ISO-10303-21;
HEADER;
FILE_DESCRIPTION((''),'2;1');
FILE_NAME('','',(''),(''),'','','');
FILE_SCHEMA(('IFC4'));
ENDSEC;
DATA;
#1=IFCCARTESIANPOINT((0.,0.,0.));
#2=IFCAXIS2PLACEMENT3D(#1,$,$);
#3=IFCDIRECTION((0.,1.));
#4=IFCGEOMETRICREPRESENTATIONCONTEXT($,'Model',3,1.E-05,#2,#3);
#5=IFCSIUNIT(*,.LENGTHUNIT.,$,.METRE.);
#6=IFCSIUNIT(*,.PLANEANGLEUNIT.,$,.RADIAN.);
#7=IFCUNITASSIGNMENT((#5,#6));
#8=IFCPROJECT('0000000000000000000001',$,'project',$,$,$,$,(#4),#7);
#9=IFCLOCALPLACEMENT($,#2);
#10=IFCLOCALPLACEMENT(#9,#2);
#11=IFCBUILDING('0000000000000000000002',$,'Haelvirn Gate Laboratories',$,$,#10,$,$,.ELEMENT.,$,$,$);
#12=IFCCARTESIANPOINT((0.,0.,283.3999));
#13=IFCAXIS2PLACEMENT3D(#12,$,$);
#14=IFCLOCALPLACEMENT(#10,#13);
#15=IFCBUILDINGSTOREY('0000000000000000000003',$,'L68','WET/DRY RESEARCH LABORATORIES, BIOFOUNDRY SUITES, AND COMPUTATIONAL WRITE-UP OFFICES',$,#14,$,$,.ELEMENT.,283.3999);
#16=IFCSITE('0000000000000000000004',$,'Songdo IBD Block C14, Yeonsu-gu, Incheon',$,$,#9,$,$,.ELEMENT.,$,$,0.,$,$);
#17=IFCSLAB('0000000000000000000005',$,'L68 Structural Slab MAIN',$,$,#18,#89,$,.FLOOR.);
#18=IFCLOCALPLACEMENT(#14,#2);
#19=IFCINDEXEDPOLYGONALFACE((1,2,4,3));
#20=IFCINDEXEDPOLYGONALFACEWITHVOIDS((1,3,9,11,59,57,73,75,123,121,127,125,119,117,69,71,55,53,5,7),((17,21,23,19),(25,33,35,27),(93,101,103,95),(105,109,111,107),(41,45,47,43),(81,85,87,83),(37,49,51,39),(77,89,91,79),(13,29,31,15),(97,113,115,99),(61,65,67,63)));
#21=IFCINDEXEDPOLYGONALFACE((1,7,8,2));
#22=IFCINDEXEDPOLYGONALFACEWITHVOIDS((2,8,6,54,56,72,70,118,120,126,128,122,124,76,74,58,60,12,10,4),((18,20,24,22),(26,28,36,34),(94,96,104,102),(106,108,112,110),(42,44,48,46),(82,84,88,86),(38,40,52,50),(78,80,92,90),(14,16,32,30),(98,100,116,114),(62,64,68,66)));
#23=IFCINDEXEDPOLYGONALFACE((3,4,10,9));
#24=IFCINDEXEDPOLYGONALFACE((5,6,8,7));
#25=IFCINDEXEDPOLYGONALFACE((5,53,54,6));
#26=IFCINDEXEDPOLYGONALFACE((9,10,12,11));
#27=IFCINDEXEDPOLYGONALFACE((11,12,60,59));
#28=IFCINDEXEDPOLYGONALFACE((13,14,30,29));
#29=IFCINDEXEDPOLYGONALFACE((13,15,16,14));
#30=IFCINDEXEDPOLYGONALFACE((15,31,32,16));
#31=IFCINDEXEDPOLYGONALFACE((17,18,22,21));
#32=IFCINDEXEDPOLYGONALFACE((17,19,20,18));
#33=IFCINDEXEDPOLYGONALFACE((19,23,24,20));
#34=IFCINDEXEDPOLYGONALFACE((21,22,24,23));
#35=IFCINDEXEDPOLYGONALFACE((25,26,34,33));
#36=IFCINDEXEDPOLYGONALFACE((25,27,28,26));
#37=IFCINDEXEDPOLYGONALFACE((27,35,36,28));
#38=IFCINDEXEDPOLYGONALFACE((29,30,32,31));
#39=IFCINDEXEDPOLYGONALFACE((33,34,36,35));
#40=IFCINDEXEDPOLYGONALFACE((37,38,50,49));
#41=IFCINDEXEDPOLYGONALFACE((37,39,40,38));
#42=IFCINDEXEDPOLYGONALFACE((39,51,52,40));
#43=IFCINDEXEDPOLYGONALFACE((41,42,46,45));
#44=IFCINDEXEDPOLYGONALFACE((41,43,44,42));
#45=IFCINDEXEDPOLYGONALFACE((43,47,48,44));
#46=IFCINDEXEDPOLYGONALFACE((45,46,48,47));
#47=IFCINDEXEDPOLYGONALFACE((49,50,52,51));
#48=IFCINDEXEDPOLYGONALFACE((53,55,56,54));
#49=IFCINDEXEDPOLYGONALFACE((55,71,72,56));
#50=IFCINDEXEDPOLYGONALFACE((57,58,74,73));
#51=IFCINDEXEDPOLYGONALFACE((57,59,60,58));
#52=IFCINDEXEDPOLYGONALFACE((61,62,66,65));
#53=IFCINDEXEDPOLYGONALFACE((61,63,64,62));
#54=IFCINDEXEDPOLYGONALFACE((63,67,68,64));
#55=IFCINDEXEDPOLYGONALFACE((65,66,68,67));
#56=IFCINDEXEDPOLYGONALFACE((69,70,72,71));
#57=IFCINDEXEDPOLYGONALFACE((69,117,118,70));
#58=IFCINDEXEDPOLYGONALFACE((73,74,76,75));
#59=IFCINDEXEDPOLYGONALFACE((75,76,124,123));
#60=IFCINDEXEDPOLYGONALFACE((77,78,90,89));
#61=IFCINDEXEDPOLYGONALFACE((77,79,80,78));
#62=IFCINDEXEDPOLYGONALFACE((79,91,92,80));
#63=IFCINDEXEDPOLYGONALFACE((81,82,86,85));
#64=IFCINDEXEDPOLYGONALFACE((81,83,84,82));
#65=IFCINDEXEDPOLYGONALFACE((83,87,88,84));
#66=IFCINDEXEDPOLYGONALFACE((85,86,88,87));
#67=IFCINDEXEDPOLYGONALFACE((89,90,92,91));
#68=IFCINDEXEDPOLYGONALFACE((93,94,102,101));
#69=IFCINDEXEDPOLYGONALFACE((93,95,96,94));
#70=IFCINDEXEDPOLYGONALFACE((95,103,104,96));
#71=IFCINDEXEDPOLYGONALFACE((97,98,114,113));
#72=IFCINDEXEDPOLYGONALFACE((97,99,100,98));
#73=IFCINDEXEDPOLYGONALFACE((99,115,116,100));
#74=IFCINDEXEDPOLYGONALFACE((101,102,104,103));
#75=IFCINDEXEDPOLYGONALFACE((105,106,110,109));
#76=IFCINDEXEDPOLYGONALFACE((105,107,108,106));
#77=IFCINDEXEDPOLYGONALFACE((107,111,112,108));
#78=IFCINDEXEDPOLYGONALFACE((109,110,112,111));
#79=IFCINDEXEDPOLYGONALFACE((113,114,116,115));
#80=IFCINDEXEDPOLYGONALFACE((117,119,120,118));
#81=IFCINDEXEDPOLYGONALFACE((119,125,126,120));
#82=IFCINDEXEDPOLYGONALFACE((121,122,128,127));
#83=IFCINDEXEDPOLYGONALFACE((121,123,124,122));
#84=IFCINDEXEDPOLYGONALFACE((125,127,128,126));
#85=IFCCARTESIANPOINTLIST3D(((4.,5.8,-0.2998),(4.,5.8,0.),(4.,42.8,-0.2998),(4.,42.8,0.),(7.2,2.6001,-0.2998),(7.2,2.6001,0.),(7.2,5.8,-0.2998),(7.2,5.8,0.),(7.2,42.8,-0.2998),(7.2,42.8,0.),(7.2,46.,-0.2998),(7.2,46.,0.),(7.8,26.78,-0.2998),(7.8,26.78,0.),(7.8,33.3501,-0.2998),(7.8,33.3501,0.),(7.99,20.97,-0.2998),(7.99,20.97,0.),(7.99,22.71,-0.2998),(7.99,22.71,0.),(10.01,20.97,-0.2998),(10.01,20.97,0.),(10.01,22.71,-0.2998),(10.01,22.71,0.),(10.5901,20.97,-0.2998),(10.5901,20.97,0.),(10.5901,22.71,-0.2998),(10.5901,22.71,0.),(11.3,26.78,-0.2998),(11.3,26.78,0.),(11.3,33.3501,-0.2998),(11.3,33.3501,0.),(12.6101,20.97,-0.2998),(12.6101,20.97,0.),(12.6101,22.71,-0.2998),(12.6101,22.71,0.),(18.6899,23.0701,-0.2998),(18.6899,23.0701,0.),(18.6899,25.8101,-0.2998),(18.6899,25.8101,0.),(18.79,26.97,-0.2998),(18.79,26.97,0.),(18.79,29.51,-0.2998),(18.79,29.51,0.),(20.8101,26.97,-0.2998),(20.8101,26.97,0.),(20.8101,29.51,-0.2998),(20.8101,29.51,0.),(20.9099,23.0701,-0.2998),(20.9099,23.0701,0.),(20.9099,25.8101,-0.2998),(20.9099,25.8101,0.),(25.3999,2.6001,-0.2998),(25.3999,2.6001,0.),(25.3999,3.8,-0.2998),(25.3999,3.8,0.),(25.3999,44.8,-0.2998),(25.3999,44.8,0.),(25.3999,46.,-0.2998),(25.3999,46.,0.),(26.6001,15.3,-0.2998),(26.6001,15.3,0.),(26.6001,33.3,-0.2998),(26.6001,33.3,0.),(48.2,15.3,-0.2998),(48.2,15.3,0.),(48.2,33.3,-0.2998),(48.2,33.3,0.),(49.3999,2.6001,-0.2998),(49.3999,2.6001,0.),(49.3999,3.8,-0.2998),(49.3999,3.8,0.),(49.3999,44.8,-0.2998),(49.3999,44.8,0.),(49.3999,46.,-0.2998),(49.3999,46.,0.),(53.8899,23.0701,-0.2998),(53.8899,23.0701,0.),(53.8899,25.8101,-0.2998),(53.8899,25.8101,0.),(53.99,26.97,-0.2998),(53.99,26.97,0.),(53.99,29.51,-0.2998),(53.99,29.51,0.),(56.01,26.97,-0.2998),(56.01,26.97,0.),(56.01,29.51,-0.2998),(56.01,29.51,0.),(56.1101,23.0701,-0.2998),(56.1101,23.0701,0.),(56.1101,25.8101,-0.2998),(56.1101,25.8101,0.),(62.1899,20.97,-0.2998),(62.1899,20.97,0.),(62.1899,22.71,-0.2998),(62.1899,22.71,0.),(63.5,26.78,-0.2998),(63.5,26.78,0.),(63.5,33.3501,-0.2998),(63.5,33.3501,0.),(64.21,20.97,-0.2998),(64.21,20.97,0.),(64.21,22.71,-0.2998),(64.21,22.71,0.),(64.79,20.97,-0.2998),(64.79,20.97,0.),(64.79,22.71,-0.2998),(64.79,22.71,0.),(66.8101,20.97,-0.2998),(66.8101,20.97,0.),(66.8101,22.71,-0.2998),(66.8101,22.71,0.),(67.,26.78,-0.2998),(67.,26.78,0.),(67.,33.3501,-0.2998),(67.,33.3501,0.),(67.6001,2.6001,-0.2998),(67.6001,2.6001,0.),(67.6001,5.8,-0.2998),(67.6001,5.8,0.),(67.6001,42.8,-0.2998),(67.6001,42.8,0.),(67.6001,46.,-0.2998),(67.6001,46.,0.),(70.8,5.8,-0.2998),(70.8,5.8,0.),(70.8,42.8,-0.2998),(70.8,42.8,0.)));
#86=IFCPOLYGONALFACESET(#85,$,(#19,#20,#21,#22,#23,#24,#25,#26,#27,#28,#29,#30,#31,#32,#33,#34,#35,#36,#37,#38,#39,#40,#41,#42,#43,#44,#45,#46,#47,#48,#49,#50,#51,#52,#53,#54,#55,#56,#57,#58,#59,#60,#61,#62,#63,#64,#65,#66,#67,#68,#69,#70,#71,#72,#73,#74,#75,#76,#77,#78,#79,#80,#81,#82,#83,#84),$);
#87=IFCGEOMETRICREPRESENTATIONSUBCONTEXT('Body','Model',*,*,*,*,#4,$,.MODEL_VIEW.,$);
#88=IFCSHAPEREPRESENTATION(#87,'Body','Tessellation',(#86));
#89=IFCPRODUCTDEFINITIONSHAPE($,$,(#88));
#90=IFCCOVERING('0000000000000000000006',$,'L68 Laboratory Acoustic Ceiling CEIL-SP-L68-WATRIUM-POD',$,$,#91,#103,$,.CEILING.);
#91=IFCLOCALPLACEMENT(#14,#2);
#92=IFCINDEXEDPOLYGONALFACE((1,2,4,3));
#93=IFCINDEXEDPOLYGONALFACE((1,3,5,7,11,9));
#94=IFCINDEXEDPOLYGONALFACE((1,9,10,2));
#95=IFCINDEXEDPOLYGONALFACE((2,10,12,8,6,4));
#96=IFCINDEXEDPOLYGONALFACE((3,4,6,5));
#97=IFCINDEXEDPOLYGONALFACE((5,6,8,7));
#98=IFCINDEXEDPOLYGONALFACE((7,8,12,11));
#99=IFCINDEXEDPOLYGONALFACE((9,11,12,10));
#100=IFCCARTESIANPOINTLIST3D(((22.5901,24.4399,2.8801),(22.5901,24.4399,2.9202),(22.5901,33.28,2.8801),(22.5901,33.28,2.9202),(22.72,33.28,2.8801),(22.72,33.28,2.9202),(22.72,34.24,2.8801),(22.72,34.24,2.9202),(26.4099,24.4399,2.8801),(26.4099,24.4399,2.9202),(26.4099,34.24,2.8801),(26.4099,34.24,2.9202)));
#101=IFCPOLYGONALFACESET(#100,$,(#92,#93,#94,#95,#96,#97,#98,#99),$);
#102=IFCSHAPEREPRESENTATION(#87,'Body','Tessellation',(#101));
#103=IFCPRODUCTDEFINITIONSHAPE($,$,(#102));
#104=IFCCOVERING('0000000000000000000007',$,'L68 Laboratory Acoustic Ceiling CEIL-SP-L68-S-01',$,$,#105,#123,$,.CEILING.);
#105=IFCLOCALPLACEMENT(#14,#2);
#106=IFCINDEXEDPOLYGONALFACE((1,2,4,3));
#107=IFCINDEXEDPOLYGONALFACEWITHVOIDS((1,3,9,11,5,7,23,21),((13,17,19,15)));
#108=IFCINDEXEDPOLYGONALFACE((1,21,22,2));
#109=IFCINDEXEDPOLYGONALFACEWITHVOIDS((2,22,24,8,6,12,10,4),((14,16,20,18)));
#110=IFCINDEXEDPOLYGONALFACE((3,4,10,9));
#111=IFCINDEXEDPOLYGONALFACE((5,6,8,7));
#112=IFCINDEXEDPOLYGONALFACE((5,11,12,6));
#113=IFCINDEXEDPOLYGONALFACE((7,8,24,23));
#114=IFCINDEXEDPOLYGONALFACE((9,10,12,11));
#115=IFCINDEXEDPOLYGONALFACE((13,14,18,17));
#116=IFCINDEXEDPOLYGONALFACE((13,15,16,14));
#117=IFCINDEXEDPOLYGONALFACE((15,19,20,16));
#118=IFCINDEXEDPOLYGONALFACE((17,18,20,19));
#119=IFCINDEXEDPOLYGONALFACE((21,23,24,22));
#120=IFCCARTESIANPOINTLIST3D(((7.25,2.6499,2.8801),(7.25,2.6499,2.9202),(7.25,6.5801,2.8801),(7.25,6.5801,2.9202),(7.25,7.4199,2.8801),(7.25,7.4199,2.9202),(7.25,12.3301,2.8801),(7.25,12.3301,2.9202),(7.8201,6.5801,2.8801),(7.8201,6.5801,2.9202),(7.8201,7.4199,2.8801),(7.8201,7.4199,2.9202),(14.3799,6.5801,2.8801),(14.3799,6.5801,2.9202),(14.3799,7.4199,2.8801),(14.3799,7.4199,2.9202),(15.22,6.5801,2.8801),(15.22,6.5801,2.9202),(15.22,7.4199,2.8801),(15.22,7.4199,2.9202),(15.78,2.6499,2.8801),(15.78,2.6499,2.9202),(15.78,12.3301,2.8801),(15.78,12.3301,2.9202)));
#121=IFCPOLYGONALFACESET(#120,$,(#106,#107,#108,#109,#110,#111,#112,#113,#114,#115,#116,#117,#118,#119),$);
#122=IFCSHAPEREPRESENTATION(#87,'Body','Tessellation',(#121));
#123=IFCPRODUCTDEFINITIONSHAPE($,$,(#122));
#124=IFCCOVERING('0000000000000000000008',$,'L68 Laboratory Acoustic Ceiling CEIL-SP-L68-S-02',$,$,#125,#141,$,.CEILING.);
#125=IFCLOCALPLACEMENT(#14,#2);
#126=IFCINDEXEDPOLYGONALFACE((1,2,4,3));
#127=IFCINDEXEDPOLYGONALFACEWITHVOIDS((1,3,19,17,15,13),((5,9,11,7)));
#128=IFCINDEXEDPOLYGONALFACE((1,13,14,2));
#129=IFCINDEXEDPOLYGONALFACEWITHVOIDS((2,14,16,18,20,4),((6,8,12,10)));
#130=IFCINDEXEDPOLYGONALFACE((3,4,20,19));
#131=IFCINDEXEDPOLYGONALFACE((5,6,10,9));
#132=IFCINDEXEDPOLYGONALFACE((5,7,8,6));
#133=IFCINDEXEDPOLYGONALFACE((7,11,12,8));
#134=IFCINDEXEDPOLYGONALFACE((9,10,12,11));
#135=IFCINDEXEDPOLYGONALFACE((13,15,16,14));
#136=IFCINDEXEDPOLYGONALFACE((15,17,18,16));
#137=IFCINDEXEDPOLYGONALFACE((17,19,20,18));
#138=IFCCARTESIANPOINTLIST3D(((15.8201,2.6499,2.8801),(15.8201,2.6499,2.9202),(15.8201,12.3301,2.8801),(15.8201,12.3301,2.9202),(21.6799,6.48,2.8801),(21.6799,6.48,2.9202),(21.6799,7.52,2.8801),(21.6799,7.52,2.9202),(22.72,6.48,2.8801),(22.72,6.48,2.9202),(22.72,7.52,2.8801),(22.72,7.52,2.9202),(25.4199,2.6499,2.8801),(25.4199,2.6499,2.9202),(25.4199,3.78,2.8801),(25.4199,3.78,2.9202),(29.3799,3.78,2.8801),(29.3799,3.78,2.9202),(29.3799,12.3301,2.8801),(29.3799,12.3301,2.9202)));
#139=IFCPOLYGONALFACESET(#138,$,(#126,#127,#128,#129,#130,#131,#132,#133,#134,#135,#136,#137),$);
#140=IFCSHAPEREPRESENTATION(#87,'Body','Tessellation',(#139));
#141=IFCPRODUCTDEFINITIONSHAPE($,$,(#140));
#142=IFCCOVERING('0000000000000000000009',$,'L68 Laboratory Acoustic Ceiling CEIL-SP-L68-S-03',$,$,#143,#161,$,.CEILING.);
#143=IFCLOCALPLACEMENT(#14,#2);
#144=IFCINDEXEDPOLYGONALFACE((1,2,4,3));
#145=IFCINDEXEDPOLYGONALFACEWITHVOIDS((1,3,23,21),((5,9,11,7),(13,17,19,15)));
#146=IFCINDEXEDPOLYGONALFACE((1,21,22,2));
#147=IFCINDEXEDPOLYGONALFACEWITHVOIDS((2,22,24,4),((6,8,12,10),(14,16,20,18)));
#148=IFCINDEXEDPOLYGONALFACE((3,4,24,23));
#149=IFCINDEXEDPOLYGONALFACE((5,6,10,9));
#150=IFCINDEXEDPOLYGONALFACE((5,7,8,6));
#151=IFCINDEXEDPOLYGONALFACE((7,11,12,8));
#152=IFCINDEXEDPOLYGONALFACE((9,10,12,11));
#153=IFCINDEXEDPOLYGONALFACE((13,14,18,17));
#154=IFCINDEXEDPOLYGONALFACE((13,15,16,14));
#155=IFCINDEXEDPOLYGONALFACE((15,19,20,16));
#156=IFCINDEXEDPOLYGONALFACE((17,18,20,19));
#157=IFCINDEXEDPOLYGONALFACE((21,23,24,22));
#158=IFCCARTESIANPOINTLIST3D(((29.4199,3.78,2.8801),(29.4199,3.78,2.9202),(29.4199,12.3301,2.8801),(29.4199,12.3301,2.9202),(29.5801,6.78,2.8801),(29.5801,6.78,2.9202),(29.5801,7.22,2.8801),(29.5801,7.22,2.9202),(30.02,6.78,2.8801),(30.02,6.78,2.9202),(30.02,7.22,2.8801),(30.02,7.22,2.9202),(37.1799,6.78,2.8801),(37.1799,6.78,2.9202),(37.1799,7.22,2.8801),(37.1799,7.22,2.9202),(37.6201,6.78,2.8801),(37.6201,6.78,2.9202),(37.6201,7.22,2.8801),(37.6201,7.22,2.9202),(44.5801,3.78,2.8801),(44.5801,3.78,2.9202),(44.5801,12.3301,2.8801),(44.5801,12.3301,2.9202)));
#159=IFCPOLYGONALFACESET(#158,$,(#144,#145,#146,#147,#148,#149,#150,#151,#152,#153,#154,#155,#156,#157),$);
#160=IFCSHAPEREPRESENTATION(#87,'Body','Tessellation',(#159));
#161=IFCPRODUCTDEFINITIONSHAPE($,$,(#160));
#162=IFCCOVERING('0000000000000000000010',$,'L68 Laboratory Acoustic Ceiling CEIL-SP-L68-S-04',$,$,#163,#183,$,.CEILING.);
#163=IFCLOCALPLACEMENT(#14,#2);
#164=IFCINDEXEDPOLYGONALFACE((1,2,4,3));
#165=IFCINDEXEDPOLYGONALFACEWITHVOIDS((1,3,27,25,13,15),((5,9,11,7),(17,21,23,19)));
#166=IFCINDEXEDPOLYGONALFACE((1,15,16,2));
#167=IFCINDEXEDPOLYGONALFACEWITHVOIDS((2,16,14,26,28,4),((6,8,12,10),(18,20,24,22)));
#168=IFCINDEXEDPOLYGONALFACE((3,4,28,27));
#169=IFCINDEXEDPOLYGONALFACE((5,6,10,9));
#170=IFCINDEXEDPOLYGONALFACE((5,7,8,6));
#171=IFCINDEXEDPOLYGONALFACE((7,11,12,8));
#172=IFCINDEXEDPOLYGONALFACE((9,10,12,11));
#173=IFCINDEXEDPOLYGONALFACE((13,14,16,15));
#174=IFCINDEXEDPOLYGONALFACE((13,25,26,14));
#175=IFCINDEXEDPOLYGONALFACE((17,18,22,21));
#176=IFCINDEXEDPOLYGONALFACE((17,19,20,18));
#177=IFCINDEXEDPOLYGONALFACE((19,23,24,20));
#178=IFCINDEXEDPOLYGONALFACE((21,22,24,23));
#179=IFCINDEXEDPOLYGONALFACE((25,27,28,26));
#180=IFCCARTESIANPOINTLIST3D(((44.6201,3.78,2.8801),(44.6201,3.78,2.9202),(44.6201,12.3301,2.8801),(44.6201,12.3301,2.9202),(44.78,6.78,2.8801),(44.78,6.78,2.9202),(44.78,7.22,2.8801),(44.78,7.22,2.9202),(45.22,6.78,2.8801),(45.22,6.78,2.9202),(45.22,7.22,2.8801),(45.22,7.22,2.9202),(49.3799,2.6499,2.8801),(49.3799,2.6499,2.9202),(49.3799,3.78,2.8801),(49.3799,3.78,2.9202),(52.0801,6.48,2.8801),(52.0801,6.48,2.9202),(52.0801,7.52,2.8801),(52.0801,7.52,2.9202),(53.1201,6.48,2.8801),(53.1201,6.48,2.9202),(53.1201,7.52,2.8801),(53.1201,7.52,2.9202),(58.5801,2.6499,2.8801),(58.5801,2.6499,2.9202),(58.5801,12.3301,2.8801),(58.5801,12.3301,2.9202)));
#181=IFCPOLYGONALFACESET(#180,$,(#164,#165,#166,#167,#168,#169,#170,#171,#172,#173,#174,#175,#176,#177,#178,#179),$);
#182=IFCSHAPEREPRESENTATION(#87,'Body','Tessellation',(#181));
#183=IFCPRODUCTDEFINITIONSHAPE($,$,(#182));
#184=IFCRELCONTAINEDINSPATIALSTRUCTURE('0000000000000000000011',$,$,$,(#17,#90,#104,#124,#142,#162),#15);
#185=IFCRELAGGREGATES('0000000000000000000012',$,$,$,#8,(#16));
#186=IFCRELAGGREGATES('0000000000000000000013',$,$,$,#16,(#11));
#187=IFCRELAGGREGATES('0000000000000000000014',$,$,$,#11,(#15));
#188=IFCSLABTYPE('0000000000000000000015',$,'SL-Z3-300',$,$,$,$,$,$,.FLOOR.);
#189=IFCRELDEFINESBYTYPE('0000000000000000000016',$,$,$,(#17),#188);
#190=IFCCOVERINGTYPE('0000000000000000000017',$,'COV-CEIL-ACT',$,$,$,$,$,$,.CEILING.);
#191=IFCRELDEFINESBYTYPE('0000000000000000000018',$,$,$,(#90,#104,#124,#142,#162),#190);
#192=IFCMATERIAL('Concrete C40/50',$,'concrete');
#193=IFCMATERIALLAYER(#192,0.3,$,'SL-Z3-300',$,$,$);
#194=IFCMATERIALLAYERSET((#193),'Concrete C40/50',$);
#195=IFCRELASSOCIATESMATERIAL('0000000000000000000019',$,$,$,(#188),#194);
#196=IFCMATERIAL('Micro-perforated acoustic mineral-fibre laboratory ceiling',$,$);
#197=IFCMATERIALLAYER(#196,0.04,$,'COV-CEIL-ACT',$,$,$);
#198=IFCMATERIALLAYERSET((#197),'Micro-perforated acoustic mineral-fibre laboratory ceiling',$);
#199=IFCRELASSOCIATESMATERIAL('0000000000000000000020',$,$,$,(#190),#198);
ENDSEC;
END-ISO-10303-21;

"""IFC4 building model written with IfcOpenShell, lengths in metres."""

from ifc_helpers import new_model, si_unit, direction, frame, origin, place, context, subcontext, project, spatial, polyline, outline, extrude, material, layer, layer_set, type_object, element, save


model = new_model("IFC4")

# Units and contexts
model_context = context("Model", 3, precision=1e-05, world=origin(), true_north=direction((0.0, 1.0)))
body_context = subcontext(model_context, "Body", "Model", "MODEL_VIEW")
ifc_project = project(units=[si_unit("LENGTHUNIT", "METRE"), si_unit("PLANEANGLEUNIT", "RADIAN")], contexts=[model_context])

# Site, building, storey
site_placement = place(None, origin())
site = spatial("IfcSite", under=ifc_project, at=site_placement, Name="Songdo IBD Block C14, Yeonsu-gu, Incheon", CompositionType="ELEMENT", RefElevation=0.0)
building_placement = place(site_placement, origin())
building = spatial("IfcBuilding", under=site, at=building_placement, Name="Haelvirn Gate Laboratories", CompositionType="ELEMENT")
storey_placement = place(building_placement, frame((0.0, 0.0, 283.3999)))
storey = spatial("IfcBuildingStorey", under=building, at=storey_placement, Name="L68", Description="WET/DRY RESEARCH LABORATORIES, BIOFOUNDRY SUITES, AND COMPUTATIONAL WRITE-UP OFFICES", CompositionType="ELEMENT", Elevation=283.3999)

# Slab
ifc_material_1 = material(Name="Concrete C40/50", Category="concrete")
ifc_layer_1 = layer(ifc_material_1, 0.3, Name="SL-Z3-300")
ifc_layer_set_1 = layer_set([ifc_layer_1], Name="Concrete C40/50")
slab_type_1 = type_object("IfcSlabType", Name="SL-Z3-300", PredefinedType="FLOOR", material=ifc_layer_set_1)
slab_1_placement = place(storey_placement, frame((0.0, 0.0, -0.2998)))
element("IfcSlab", 1, at=slab_1_placement, inside=storey, type_object=slab_type_1, Name="L68 Structural Slab MAIN", PredefinedType="FLOOR", context=body_context, shape_type="SweptSolid", body=[
    extrude(outline(polyline([(7.2, 2.6001), (25.3999, 2.6001), (25.3999, 3.8), (49.3999, 3.8), (49.3999, 2.6001), (67.6001, 2.6001), (67.6001, 5.8), (70.8, 5.8), (70.8, 42.8), (67.6001, 42.8), (67.6001, 46.0), (49.3999, 46.0), (49.3999, 44.8), (25.3999, 44.8), (25.3999, 46.0), (7.2, 46.0), (7.2, 42.8), (4.0, 42.8), (4.0, 5.8), (7.2, 5.8), (7.2, 2.6001)]), holes=[polyline([(26.6001, 15.3), (48.2, 15.3), (48.2, 33.3), (26.6001, 33.3), (26.6001, 15.3)]), polyline([(11.3, 26.78), (11.3, 33.3501), (7.8, 33.3501), (7.8, 26.78), (11.3, 26.78)]), polyline([(67.0, 26.78), (67.0, 33.3501), (63.5, 33.3501), (63.5, 26.78), (67.0, 26.78)]), polyline([(7.99, 20.97), (10.01, 20.97), (10.01, 22.71), (7.99, 22.71), (7.99, 20.97)]), polyline([(10.5901, 20.97), (12.6101, 20.97), (12.6101, 22.71), (10.5901, 22.71), (10.5901, 20.97)]), polyline([(18.79, 26.97), (20.8101, 26.97), (20.8101, 29.51), (18.79, 29.51), (18.79, 26.97)]), polyline([(18.6899, 23.0701), (20.9099, 23.0701), (20.9099, 25.8101), (18.6899, 25.8101), (18.6899, 23.0701)]), polyline([(64.79, 20.97), (66.8101, 20.97), (66.8101, 22.71), (64.79, 22.71), (64.79, 20.97)]), polyline([(62.1899, 20.97), (64.21, 20.97), (64.21, 22.71), (62.1899, 22.71), (62.1899, 20.97)]), polyline([(53.99, 26.97), (56.01, 26.97), (56.01, 29.51), (53.99, 29.51), (53.99, 26.97)]), polyline([(53.8899, 23.0701), (56.1101, 23.0701), (56.1101, 25.8101), (53.8899, 25.8101), (53.8899, 23.0701)])]), origin(), (0.0, 0.0, 1.0), 0.2998),
])

# Coverings
ifc_material_2 = material(Name="Micro-perforated acoustic mineral-fibre laboratory ceiling")
ifc_layer_2 = layer(ifc_material_2, 0.04, Name="COV-CEIL-ACT")
ifc_layer_set_2 = layer_set([ifc_layer_2], Name="Micro-perforated acoustic mineral-fibre laboratory ceiling")
covering_type_1 = type_object("IfcCoveringType", Name="COV-CEIL-ACT", PredefinedType="CEILING", material=ifc_layer_set_2)
covering_1_placement = place(storey_placement, frame((0.0, 0.0, 2.8801)))
element("IfcCovering", 2, at=covering_1_placement, inside=storey, type_object=covering_type_1, Name="L68 Laboratory Acoustic Ceiling CEIL-SP-L68-WATRIUM-POD", PredefinedType="CEILING", context=body_context, shape_type="SweptSolid", body=[
    extrude(outline(polyline([(26.4099, 34.24), (26.4099, 24.4399), (22.5901, 24.4399), (22.5901, 33.28), (22.72, 33.28), (22.72, 34.24), (26.4099, 34.24)])), origin(), (0.0, 0.0, 1.0), 0.04),
])
covering_2_placement = place(storey_placement, frame((0.0, 0.0, 2.8801)))
element("IfcCovering", 3, at=covering_2_placement, inside=storey, type_object=covering_type_1, Name="L68 Laboratory Acoustic Ceiling CEIL-SP-L68-S-01", PredefinedType="CEILING", context=body_context, shape_type="SweptSolid", body=[
    extrude(outline(polyline([(7.25, 6.5801), (7.8201, 6.5801), (7.8201, 7.4199), (7.25, 7.4199), (7.25, 12.3301), (15.78, 12.3301), (15.78, 2.6499), (7.25, 2.6499), (7.25, 6.5801)]), holes=[polyline([(14.3799, 7.4199), (14.3799, 6.5801), (15.22, 6.5801), (15.22, 7.4199), (14.3799, 7.4199)])]), origin(), (0.0, 0.0, 1.0), 0.04),
])
covering_3_placement = place(storey_placement, frame((0.0, 0.0, 2.8801)))
element("IfcCovering", 4, at=covering_3_placement, inside=storey, type_object=covering_type_1, Name="L68 Laboratory Acoustic Ceiling CEIL-SP-L68-S-02", PredefinedType="CEILING", context=body_context, shape_type="SweptSolid", body=[
    extrude(outline(polyline([(25.4199, 2.6499), (15.8201, 2.6499), (15.8201, 12.3301), (29.3799, 12.3301), (29.3799, 3.78), (25.4199, 3.78), (25.4199, 2.6499)]), holes=[polyline([(22.72, 7.52), (21.6799, 7.52), (21.6799, 6.48), (22.72, 6.48), (22.72, 7.52)])]), origin(), (0.0, 0.0, 1.0), 0.04),
])
covering_4_placement = place(storey_placement, frame((0.0, 0.0, 2.8801)))
element("IfcCovering", 5, at=covering_4_placement, inside=storey, type_object=covering_type_1, Name="L68 Laboratory Acoustic Ceiling CEIL-SP-L68-S-03", PredefinedType="CEILING", context=body_context, shape_type="SweptSolid", body=[
    extrude(outline(polyline([(44.5801, 12.3301), (44.5801, 3.78), (29.4199, 3.78), (29.4199, 12.3301), (44.5801, 12.3301)]), holes=[polyline([(29.5801, 7.22), (29.5801, 6.78), (30.02, 6.78), (30.02, 7.22), (29.5801, 7.22)]), polyline([(37.6201, 7.22), (37.1799, 7.22), (37.1799, 6.78), (37.6201, 6.78), (37.6201, 7.22)])]), origin(), (0.0, 0.0, 1.0), 0.04),
])
covering_5_placement = place(storey_placement, frame((0.0, 0.0, 2.8801)))
element("IfcCovering", 6, at=covering_5_placement, inside=storey, type_object=covering_type_1, Name="L68 Laboratory Acoustic Ceiling CEIL-SP-L68-S-04", PredefinedType="CEILING", context=body_context, shape_type="SweptSolid", body=[
    extrude(outline(polyline([(44.6201, 3.78), (44.6201, 12.3301), (58.5801, 12.3301), (58.5801, 2.6499), (49.3799, 2.6499), (49.3799, 3.78), (44.6201, 3.78)]), holes=[polyline([(52.0801, 7.52), (52.0801, 6.48), (53.1201, 6.48), (53.1201, 7.52), (52.0801, 7.52)]), polyline([(45.22, 7.22), (44.78, 7.22), (44.78, 6.78), (45.22, 6.78), (45.22, 7.22)])]), origin(), (0.0, 0.0, 1.0), 0.04),
])

save(model, "model.ifc")
